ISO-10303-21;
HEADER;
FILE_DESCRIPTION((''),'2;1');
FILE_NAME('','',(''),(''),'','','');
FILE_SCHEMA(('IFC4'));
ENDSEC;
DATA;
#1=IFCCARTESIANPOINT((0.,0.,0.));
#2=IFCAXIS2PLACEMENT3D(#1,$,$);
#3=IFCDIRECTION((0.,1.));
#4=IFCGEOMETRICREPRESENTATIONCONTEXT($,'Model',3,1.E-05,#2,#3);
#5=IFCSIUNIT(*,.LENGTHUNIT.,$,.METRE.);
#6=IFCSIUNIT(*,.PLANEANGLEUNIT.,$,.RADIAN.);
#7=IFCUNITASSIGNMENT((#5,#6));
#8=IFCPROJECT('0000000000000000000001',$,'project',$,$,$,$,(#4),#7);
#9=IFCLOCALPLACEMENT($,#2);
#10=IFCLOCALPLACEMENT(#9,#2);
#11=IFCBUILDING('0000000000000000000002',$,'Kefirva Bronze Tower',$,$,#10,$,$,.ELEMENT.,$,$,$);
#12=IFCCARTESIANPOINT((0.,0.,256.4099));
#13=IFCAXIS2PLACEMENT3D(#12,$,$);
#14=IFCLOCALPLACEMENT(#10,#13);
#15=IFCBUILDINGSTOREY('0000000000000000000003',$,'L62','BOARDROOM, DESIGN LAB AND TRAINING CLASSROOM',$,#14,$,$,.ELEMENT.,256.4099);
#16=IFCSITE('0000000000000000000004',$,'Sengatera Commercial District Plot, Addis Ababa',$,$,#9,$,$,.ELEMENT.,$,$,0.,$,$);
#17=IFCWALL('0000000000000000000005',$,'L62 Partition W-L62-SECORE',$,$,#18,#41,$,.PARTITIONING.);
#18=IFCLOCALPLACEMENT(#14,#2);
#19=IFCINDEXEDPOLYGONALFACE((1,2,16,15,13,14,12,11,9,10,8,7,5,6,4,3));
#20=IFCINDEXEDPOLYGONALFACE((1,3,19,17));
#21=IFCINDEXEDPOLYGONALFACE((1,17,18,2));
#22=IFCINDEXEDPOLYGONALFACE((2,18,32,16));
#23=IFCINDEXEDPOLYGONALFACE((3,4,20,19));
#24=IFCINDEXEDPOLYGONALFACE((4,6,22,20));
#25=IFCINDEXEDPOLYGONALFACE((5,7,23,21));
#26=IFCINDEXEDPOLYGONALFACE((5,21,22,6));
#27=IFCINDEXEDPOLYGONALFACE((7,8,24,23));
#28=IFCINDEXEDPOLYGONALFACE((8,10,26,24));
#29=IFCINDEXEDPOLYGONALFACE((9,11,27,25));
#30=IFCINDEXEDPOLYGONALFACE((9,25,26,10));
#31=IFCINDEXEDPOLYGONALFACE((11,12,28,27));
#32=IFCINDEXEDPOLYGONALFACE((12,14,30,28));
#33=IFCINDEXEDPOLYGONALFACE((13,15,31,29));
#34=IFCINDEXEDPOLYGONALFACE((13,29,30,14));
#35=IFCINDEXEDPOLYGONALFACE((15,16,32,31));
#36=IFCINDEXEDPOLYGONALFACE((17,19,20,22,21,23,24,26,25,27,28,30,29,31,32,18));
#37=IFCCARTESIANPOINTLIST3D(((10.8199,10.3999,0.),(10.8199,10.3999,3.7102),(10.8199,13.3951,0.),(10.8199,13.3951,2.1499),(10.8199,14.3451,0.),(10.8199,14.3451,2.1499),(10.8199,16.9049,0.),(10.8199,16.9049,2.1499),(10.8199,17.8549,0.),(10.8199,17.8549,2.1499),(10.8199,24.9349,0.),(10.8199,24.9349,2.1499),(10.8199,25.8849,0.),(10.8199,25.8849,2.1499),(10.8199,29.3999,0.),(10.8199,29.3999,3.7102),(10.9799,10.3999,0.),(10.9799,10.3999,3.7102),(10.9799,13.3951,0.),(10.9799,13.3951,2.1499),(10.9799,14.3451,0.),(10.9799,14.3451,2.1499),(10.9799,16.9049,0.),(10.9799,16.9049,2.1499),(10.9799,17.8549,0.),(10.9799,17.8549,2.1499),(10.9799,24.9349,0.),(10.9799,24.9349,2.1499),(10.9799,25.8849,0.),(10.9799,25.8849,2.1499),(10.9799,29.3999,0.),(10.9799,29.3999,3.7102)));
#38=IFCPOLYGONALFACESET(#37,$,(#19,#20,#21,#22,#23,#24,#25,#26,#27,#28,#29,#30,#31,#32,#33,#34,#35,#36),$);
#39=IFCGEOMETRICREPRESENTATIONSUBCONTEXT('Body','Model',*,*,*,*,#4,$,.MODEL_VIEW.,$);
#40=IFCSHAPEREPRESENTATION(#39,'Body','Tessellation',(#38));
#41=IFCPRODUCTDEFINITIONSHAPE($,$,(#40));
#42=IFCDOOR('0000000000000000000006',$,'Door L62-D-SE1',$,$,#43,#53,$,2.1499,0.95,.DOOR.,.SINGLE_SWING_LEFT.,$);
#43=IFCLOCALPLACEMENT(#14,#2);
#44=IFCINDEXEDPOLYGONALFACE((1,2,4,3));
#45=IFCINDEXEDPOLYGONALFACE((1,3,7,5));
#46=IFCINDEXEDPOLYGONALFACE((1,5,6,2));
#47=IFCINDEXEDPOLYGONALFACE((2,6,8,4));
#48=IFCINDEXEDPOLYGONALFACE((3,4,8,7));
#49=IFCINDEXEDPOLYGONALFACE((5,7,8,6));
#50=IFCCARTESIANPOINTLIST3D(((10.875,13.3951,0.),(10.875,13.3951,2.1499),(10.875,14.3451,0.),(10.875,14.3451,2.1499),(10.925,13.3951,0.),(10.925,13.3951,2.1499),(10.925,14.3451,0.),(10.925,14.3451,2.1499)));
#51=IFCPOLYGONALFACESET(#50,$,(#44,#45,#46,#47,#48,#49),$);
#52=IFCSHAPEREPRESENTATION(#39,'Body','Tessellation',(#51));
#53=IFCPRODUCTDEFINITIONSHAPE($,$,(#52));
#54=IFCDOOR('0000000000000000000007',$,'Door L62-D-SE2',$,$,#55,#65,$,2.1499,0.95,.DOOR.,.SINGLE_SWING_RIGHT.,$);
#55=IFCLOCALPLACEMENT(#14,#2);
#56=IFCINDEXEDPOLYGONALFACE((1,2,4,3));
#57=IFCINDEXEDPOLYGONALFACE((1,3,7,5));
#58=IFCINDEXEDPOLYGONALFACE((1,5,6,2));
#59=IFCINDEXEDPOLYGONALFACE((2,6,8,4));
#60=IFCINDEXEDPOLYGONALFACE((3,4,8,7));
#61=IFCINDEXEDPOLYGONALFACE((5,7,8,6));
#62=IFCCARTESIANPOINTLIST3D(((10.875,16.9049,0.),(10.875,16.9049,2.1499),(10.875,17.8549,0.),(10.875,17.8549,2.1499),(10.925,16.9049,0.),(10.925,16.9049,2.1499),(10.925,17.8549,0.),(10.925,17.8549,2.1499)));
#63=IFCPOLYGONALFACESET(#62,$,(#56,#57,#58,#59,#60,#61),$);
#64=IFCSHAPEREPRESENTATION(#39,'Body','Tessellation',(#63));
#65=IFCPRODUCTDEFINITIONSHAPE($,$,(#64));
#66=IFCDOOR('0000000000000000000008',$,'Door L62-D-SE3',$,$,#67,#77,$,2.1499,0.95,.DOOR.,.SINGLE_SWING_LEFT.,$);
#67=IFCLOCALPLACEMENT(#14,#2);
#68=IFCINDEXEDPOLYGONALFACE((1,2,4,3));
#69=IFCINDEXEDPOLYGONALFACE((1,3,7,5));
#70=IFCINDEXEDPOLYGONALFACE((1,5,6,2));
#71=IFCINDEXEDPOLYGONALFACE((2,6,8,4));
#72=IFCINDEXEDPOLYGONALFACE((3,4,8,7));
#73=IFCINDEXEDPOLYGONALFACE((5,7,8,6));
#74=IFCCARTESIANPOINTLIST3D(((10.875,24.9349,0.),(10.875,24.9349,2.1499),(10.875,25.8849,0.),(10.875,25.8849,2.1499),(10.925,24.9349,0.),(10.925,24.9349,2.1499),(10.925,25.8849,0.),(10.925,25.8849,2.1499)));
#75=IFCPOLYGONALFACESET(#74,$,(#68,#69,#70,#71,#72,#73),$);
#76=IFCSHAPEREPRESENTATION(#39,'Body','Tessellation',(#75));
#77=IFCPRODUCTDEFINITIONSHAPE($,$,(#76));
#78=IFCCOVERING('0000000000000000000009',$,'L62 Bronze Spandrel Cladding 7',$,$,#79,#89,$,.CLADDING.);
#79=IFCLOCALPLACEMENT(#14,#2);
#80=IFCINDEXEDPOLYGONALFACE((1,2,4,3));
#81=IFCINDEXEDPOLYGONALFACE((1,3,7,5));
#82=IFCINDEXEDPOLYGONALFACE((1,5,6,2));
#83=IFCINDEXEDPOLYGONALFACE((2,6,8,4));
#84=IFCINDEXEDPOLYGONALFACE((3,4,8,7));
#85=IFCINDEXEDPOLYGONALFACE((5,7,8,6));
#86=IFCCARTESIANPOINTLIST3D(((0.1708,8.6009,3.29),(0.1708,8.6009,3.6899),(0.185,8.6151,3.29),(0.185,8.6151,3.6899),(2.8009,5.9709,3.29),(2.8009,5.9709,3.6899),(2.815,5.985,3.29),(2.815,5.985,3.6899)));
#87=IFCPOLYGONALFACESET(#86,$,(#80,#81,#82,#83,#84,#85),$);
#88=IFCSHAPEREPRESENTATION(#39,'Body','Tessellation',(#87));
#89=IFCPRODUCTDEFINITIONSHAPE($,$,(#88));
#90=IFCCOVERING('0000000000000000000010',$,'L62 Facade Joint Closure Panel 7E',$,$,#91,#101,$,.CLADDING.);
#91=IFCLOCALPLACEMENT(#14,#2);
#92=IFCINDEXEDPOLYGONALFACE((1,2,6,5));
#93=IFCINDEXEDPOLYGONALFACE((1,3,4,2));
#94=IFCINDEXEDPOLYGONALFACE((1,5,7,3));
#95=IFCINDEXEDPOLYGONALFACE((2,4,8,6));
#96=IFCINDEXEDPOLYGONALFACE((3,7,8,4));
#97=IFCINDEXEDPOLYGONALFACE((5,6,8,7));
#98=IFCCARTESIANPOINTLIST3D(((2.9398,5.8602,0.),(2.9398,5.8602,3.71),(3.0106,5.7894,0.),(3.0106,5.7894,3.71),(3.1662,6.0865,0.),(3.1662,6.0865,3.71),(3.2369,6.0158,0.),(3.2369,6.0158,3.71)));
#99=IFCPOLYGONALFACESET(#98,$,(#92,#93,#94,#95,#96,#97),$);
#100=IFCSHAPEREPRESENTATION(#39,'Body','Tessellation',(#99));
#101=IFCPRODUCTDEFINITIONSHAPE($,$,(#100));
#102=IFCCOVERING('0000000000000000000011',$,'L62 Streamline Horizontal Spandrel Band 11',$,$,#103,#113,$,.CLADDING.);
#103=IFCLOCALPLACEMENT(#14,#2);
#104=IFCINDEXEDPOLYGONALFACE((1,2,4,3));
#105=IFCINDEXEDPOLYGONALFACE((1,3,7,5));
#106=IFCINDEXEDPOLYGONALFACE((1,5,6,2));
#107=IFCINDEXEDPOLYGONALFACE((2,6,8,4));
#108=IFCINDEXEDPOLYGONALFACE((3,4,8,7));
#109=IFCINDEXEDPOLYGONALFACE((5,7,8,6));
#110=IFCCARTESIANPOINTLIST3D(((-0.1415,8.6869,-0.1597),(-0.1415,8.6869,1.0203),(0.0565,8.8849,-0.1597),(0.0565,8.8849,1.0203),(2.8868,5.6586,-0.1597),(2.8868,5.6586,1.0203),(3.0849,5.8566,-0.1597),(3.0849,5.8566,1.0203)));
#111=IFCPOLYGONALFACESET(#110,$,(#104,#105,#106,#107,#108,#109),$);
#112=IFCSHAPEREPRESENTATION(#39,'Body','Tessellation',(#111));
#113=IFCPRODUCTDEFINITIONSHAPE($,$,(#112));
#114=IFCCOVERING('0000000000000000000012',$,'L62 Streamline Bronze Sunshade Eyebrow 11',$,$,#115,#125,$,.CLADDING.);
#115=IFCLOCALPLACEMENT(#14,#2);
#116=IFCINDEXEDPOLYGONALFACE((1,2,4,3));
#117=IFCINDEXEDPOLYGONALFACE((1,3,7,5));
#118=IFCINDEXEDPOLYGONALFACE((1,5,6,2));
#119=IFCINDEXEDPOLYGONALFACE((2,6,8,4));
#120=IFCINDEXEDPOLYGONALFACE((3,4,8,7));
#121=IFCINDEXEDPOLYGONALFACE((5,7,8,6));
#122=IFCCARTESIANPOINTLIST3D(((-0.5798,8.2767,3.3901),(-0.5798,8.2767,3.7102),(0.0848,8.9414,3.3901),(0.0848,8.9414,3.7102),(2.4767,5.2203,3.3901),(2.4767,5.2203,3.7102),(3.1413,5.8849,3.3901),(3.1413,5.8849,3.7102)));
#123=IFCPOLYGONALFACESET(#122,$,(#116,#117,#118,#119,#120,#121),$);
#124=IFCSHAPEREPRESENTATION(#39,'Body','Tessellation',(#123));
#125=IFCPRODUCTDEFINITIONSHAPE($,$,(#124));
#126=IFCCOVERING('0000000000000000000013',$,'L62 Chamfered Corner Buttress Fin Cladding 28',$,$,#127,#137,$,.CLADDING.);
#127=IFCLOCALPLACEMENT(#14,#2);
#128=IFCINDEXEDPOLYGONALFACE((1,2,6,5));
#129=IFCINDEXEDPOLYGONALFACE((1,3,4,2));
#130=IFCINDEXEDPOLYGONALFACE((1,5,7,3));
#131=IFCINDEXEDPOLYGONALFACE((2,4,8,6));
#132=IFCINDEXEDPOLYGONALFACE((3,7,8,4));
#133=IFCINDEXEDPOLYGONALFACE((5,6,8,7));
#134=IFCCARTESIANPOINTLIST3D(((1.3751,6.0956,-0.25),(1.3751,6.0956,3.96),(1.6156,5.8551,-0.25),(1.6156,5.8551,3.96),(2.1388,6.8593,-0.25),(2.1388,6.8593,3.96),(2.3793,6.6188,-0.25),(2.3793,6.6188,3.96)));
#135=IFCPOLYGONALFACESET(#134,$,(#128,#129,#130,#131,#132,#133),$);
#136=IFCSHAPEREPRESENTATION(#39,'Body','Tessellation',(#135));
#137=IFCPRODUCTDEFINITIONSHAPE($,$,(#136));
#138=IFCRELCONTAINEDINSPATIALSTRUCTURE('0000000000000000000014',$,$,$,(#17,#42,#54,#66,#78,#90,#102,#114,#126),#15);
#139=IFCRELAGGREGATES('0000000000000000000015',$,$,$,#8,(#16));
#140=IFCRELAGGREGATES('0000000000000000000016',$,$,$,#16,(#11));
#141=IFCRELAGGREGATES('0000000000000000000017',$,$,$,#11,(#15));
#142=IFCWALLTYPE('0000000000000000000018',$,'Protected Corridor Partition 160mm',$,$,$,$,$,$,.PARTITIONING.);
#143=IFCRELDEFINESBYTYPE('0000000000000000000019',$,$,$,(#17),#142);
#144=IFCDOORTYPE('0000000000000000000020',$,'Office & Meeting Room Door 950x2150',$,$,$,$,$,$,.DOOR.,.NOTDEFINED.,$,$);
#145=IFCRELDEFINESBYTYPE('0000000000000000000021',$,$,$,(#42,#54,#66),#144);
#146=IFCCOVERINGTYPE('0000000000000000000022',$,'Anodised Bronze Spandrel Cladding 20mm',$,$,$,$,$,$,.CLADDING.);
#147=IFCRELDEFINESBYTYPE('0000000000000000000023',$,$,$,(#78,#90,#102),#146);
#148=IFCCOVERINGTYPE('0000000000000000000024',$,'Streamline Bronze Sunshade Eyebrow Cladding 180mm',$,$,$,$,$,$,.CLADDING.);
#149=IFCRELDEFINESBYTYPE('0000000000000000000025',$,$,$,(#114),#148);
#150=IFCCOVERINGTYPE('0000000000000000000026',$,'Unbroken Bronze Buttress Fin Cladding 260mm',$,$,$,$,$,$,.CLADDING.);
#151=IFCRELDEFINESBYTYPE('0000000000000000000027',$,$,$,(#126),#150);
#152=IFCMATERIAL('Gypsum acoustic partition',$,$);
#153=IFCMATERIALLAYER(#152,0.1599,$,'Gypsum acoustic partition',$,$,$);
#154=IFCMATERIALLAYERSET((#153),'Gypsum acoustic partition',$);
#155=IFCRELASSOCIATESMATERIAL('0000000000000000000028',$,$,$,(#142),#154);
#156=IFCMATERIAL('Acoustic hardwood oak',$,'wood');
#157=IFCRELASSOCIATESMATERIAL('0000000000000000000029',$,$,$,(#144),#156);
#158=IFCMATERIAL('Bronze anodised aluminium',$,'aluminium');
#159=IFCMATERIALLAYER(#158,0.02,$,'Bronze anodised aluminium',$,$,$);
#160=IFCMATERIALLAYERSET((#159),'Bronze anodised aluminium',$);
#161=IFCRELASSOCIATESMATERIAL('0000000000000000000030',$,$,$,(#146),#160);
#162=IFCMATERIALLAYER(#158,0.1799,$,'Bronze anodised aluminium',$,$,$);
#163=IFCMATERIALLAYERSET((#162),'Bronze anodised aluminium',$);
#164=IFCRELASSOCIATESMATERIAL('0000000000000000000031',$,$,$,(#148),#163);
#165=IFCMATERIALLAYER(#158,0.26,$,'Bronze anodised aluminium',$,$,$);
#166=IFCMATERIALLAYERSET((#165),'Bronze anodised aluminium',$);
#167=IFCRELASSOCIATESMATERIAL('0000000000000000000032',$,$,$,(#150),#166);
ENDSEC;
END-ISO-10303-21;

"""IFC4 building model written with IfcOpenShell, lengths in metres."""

from ifc_helpers import new_model, si_unit, direction, frame, frame_2d, origin, origin_2d, place, context, subcontext, project, spatial, rectangle, extrude, material, layer, layer_set, type_object, element, fill, save


model = new_model("IFC4")

# Units and contexts
model_context = context("Model", 3, precision=1e-05, world=origin(), true_north=direction((0.0, 1.0)))
body_context = subcontext(model_context, "Body", "Model", "MODEL_VIEW")
ifc_project = project(units=[si_unit("LENGTHUNIT", "METRE"), si_unit("PLANEANGLEUNIT", "RADIAN")], contexts=[model_context])

# Site, building, storey
site_placement = place(None, origin())
site = spatial("IfcSite", under=ifc_project, at=site_placement, Name="Sengatera Commercial District Plot, Addis Ababa", CompositionType="ELEMENT", RefElevation=0.0)
building_placement = place(site_placement, origin())
building = spatial("IfcBuilding", under=site, at=building_placement, Name="Kefirva Bronze Tower", CompositionType="ELEMENT")
storey_placement = place(building_placement, frame((0.0, 0.0, 256.4099)))
storey = spatial("IfcBuildingStorey", under=building, at=storey_placement, Name="L62", Description="BOARDROOM, DESIGN LAB AND TRAINING CLASSROOM", CompositionType="ELEMENT", Elevation=256.4099)

# Shared definitions
ifc_material_1 = material(Name="Bronze anodised aluminium", Category="aluminium")

# Shared definitions
ifc_material_2 = material(Name="Gypsum acoustic partition")

# Wall, openings, doors
ifc_layer_1 = layer(ifc_material_2, 0.1599, Name="Gypsum acoustic partition")
ifc_layer_set_1 = layer_set([ifc_layer_1], Name="Gypsum acoustic partition")
wall_type_1 = type_object("IfcWallType", Name="Protected Corridor Partition 160mm", PredefinedType="PARTITIONING", material=ifc_layer_set_1)
ifc_material_3 = material(Name="Acoustic hardwood oak", Category="wood")
door_type = type_object("IfcDoorType", Name="Office & Meeting Room Door 950x2150", OperationType="NOTDEFINED", PredefinedType="DOOR", material=ifc_material_3)
wall_1_placement = place(storey_placement, frame((10.8999, 10.3999, 0.0), z_axis=(0.0, 0.0, 1.0), x_axis=(0.0, 1.0, 0.0)))
wall_1 = element("IfcWall", 1, at=wall_1_placement, inside=storey, type_object=wall_type_1, Name="L62 Partition W-L62-SECORE", PredefinedType="PARTITIONING", context=body_context, shape_type="SweptSolid", body=[
    extrude(rectangle(XDim=19.0, YDim=0.1599, at=frame_2d((9.5, 0.0))), origin(), (0.0, 0.0, 1.0), 3.7102),
])
opening_1_placement = place(wall_1_placement, frame((2.9951, 0.0, 0.0)))
opening_1 = element("IfcOpeningElement", 2, at=opening_1_placement, cuts=wall_1, PredefinedType="OPENING", context=body_context, shape_type="SweptSolid", body=[
    extrude(rectangle(XDim=0.95, YDim=2.1499, at=frame_2d((0.4751, 1.075))), frame((0.0, 0.0898, 0.0), z_axis=(0.0, -1.0, 0.0), x_axis=(1.0, 0.0, 0.0)), (0.0, 0.0, 1.0), 0.1799),
])
opening_2_placement = place(wall_1_placement, frame((6.5049, 0.0, 0.0)))
opening_2 = element("IfcOpeningElement", 3, at=opening_2_placement, cuts=wall_1, PredefinedType="OPENING", context=body_context, shape_type="SweptSolid", body=[
    extrude(rectangle(XDim=0.95, YDim=2.1499, at=frame_2d((0.4751, 1.075))), frame((0.0, 0.0898, 0.0), z_axis=(0.0, -1.0, 0.0), x_axis=(1.0, 0.0, 0.0)), (0.0, 0.0, 1.0), 0.1799),
])
opening_3_placement = place(wall_1_placement, frame((14.5349, 0.0, 0.0)))
opening_3 = element("IfcOpeningElement", 4, at=opening_3_placement, cuts=wall_1, PredefinedType="OPENING", context=body_context, shape_type="SweptSolid", body=[
    extrude(rectangle(XDim=0.95, YDim=2.1499, at=frame_2d((0.4751, 1.075))), frame((0.0, 0.0898, 0.0), z_axis=(0.0, -1.0, 0.0), x_axis=(1.0, 0.0, 0.0)), (0.0, 0.0, 1.0), 0.1799),
])
door_1_placement = place(opening_1_placement, origin())
door_1 = element("IfcDoor", 5, at=door_1_placement, inside=storey, type_object=door_type, Name="Door L62-D-SE1", OperationType="SINGLE_SWING_LEFT", OverallHeight=2.1499, OverallWidth=0.95, PredefinedType="DOOR", context=body_context, shape_type="SweptSolid", body=[
    extrude(rectangle(XDim=0.95, YDim=2.1499, at=frame_2d((0.4751, 1.075))), frame((0.0, 0.0249, 0.0), z_axis=(0.0, -1.0, 0.0), x_axis=(1.0, 0.0, 0.0)), (0.0, 0.0, 1.0), 0.05),
])
fill(opening_1, door_1)
door_2_placement = place(opening_2_placement, origin())
door_2 = element("IfcDoor", 6, at=door_2_placement, inside=storey, type_object=door_type, Name="Door L62-D-SE2", OperationType="SINGLE_SWING_RIGHT", OverallHeight=2.1499, OverallWidth=0.95, PredefinedType="DOOR", context=body_context, shape_type="SweptSolid", body=[
    extrude(rectangle(XDim=0.95, YDim=2.1499, at=frame_2d((0.4751, 1.075))), frame((0.0, 0.0249, 0.0), z_axis=(0.0, -1.0, 0.0), x_axis=(1.0, 0.0, 0.0)), (0.0, 0.0, 1.0), 0.05),
])
fill(opening_2, door_2)
door_3_placement = place(opening_3_placement, origin())
door_3 = element("IfcDoor", 7, at=door_3_placement, inside=storey, type_object=door_type, Name="Door L62-D-SE3", OperationType="SINGLE_SWING_LEFT", OverallHeight=2.1499, OverallWidth=0.95, PredefinedType="DOOR", context=body_context, shape_type="SweptSolid", body=[
    extrude(rectangle(XDim=0.95, YDim=2.1499, at=frame_2d((0.4751, 1.075))), frame((0.0, 0.0249, 0.0), z_axis=(0.0, -1.0, 0.0), x_axis=(1.0, 0.0, 0.0)), (0.0, 0.0, 1.0), 0.05),
])
fill(opening_3, door_3)

# Coverings
ifc_layer_2 = layer(ifc_material_1, 0.02, Name="Bronze anodised aluminium")
ifc_layer_set_2 = layer_set([ifc_layer_2], Name="Bronze anodised aluminium")
covering_type_1 = type_object("IfcCoveringType", Name="Anodised Bronze Spandrel Cladding 20mm", PredefinedType="CLADDING", material=ifc_layer_set_2)
covering_1_placement = place(storey_placement, frame((1.4929, 7.293, 3.29), z_axis=(0.0, 0.0, 1.0), x_axis=(0.707107, -0.707107, 0.0)))
element("IfcCovering", 8, at=covering_1_placement, inside=storey, type_object=covering_type_1, Name="L62 Bronze Spandrel Cladding 7", PredefinedType="CLADDING", context=body_context, shape_type="SweptSolid", body=[
    extrude(rectangle(XDim=3.7195, YDim=0.02, at=origin_2d()), origin(), (0.0, 0.0, 1.0), 0.3999),
])
covering_2_placement = place(storey_placement, frame((3.0884, 5.938, 0.0), z_axis=(0.0, 0.0, 1.0), x_axis=(0.707107, -0.707107, 0.0)))
element("IfcCovering", 9, at=covering_2_placement, inside=storey, type_object=covering_type_1, Name="L62 Facade Joint Closure Panel 7E", PredefinedType="CLADDING", context=body_context, shape_type="SweptSolid", body=[
    extrude(rectangle(XDim=0.1001, YDim=0.3201, at=origin_2d()), origin(), (0.0, 0.0, 1.0), 3.71),
])
covering_3_placement = place(storey_placement, frame((1.4717, 7.2717, -0.1597), z_axis=(0.0, 0.0, 1.0), x_axis=(0.707107, -0.707107, 0.0)))
element("IfcCovering", 10, at=covering_3_placement, inside=storey, type_object=covering_type_1, Name="L62 Streamline Horizontal Spandrel Band 11", PredefinedType="CLADDING", context=body_context, shape_type="SweptSolid", body=[
    extrude(rectangle(XDim=4.2827, YDim=0.28, at=origin_2d()), origin(), (0.0, 0.0, 1.0), 1.1799),
])
ifc_layer_3 = layer(ifc_material_1, 0.1799, Name="Bronze anodised aluminium")
ifc_layer_set_3 = layer_set([ifc_layer_3], Name="Bronze anodised aluminium")
covering_type_2 = type_object("IfcCoveringType", Name="Streamline Bronze Sunshade Eyebrow Cladding 180mm", PredefinedType="CLADDING", material=ifc_layer_set_3)
covering_4_placement = place(storey_placement, frame((1.2808, 7.0808, 3.3901), z_axis=(0.0, 0.0, 1.0), x_axis=(0.707107, -0.707107, 0.0)))
element("IfcCovering", 11, at=covering_4_placement, inside=storey, type_object=covering_type_2, Name="L62 Streamline Bronze Sunshade Eyebrow 11", PredefinedType="CLADDING", context=body_context, shape_type="SweptSolid", body=[
    extrude(rectangle(XDim=4.3225, YDim=0.9399, at=origin_2d()), origin(), (0.0, 0.0, 1.0), 0.3201),
])
ifc_layer_4 = layer(ifc_material_1, 0.26, Name="Bronze anodised aluminium")
ifc_layer_set_4 = layer_set([ifc_layer_4], Name="Bronze anodised aluminium")
covering_type_3 = type_object("IfcCoveringType", Name="Unbroken Bronze Buttress Fin Cladding 260mm", PredefinedType="CLADDING", material=ifc_layer_set_4)
covering_5_placement = place(storey_placement, frame((1.8772, 6.3572, -0.25), z_axis=(0.0, 0.0, 1.0), x_axis=(0.707107, -0.707107, 0.0)))
element("IfcCovering", 12, at=covering_5_placement, inside=storey, type_object=covering_type_3, Name="L62 Chamfered Corner Buttress Fin Cladding 28", PredefinedType="CLADDING", context=body_context, shape_type="SweptSolid", body=[
    extrude(rectangle(XDim=0.3401, YDim=1.0801, at=origin_2d()), origin(), (0.0, 0.0, 1.0), 4.21),
])

save(model, "model.ifc")
